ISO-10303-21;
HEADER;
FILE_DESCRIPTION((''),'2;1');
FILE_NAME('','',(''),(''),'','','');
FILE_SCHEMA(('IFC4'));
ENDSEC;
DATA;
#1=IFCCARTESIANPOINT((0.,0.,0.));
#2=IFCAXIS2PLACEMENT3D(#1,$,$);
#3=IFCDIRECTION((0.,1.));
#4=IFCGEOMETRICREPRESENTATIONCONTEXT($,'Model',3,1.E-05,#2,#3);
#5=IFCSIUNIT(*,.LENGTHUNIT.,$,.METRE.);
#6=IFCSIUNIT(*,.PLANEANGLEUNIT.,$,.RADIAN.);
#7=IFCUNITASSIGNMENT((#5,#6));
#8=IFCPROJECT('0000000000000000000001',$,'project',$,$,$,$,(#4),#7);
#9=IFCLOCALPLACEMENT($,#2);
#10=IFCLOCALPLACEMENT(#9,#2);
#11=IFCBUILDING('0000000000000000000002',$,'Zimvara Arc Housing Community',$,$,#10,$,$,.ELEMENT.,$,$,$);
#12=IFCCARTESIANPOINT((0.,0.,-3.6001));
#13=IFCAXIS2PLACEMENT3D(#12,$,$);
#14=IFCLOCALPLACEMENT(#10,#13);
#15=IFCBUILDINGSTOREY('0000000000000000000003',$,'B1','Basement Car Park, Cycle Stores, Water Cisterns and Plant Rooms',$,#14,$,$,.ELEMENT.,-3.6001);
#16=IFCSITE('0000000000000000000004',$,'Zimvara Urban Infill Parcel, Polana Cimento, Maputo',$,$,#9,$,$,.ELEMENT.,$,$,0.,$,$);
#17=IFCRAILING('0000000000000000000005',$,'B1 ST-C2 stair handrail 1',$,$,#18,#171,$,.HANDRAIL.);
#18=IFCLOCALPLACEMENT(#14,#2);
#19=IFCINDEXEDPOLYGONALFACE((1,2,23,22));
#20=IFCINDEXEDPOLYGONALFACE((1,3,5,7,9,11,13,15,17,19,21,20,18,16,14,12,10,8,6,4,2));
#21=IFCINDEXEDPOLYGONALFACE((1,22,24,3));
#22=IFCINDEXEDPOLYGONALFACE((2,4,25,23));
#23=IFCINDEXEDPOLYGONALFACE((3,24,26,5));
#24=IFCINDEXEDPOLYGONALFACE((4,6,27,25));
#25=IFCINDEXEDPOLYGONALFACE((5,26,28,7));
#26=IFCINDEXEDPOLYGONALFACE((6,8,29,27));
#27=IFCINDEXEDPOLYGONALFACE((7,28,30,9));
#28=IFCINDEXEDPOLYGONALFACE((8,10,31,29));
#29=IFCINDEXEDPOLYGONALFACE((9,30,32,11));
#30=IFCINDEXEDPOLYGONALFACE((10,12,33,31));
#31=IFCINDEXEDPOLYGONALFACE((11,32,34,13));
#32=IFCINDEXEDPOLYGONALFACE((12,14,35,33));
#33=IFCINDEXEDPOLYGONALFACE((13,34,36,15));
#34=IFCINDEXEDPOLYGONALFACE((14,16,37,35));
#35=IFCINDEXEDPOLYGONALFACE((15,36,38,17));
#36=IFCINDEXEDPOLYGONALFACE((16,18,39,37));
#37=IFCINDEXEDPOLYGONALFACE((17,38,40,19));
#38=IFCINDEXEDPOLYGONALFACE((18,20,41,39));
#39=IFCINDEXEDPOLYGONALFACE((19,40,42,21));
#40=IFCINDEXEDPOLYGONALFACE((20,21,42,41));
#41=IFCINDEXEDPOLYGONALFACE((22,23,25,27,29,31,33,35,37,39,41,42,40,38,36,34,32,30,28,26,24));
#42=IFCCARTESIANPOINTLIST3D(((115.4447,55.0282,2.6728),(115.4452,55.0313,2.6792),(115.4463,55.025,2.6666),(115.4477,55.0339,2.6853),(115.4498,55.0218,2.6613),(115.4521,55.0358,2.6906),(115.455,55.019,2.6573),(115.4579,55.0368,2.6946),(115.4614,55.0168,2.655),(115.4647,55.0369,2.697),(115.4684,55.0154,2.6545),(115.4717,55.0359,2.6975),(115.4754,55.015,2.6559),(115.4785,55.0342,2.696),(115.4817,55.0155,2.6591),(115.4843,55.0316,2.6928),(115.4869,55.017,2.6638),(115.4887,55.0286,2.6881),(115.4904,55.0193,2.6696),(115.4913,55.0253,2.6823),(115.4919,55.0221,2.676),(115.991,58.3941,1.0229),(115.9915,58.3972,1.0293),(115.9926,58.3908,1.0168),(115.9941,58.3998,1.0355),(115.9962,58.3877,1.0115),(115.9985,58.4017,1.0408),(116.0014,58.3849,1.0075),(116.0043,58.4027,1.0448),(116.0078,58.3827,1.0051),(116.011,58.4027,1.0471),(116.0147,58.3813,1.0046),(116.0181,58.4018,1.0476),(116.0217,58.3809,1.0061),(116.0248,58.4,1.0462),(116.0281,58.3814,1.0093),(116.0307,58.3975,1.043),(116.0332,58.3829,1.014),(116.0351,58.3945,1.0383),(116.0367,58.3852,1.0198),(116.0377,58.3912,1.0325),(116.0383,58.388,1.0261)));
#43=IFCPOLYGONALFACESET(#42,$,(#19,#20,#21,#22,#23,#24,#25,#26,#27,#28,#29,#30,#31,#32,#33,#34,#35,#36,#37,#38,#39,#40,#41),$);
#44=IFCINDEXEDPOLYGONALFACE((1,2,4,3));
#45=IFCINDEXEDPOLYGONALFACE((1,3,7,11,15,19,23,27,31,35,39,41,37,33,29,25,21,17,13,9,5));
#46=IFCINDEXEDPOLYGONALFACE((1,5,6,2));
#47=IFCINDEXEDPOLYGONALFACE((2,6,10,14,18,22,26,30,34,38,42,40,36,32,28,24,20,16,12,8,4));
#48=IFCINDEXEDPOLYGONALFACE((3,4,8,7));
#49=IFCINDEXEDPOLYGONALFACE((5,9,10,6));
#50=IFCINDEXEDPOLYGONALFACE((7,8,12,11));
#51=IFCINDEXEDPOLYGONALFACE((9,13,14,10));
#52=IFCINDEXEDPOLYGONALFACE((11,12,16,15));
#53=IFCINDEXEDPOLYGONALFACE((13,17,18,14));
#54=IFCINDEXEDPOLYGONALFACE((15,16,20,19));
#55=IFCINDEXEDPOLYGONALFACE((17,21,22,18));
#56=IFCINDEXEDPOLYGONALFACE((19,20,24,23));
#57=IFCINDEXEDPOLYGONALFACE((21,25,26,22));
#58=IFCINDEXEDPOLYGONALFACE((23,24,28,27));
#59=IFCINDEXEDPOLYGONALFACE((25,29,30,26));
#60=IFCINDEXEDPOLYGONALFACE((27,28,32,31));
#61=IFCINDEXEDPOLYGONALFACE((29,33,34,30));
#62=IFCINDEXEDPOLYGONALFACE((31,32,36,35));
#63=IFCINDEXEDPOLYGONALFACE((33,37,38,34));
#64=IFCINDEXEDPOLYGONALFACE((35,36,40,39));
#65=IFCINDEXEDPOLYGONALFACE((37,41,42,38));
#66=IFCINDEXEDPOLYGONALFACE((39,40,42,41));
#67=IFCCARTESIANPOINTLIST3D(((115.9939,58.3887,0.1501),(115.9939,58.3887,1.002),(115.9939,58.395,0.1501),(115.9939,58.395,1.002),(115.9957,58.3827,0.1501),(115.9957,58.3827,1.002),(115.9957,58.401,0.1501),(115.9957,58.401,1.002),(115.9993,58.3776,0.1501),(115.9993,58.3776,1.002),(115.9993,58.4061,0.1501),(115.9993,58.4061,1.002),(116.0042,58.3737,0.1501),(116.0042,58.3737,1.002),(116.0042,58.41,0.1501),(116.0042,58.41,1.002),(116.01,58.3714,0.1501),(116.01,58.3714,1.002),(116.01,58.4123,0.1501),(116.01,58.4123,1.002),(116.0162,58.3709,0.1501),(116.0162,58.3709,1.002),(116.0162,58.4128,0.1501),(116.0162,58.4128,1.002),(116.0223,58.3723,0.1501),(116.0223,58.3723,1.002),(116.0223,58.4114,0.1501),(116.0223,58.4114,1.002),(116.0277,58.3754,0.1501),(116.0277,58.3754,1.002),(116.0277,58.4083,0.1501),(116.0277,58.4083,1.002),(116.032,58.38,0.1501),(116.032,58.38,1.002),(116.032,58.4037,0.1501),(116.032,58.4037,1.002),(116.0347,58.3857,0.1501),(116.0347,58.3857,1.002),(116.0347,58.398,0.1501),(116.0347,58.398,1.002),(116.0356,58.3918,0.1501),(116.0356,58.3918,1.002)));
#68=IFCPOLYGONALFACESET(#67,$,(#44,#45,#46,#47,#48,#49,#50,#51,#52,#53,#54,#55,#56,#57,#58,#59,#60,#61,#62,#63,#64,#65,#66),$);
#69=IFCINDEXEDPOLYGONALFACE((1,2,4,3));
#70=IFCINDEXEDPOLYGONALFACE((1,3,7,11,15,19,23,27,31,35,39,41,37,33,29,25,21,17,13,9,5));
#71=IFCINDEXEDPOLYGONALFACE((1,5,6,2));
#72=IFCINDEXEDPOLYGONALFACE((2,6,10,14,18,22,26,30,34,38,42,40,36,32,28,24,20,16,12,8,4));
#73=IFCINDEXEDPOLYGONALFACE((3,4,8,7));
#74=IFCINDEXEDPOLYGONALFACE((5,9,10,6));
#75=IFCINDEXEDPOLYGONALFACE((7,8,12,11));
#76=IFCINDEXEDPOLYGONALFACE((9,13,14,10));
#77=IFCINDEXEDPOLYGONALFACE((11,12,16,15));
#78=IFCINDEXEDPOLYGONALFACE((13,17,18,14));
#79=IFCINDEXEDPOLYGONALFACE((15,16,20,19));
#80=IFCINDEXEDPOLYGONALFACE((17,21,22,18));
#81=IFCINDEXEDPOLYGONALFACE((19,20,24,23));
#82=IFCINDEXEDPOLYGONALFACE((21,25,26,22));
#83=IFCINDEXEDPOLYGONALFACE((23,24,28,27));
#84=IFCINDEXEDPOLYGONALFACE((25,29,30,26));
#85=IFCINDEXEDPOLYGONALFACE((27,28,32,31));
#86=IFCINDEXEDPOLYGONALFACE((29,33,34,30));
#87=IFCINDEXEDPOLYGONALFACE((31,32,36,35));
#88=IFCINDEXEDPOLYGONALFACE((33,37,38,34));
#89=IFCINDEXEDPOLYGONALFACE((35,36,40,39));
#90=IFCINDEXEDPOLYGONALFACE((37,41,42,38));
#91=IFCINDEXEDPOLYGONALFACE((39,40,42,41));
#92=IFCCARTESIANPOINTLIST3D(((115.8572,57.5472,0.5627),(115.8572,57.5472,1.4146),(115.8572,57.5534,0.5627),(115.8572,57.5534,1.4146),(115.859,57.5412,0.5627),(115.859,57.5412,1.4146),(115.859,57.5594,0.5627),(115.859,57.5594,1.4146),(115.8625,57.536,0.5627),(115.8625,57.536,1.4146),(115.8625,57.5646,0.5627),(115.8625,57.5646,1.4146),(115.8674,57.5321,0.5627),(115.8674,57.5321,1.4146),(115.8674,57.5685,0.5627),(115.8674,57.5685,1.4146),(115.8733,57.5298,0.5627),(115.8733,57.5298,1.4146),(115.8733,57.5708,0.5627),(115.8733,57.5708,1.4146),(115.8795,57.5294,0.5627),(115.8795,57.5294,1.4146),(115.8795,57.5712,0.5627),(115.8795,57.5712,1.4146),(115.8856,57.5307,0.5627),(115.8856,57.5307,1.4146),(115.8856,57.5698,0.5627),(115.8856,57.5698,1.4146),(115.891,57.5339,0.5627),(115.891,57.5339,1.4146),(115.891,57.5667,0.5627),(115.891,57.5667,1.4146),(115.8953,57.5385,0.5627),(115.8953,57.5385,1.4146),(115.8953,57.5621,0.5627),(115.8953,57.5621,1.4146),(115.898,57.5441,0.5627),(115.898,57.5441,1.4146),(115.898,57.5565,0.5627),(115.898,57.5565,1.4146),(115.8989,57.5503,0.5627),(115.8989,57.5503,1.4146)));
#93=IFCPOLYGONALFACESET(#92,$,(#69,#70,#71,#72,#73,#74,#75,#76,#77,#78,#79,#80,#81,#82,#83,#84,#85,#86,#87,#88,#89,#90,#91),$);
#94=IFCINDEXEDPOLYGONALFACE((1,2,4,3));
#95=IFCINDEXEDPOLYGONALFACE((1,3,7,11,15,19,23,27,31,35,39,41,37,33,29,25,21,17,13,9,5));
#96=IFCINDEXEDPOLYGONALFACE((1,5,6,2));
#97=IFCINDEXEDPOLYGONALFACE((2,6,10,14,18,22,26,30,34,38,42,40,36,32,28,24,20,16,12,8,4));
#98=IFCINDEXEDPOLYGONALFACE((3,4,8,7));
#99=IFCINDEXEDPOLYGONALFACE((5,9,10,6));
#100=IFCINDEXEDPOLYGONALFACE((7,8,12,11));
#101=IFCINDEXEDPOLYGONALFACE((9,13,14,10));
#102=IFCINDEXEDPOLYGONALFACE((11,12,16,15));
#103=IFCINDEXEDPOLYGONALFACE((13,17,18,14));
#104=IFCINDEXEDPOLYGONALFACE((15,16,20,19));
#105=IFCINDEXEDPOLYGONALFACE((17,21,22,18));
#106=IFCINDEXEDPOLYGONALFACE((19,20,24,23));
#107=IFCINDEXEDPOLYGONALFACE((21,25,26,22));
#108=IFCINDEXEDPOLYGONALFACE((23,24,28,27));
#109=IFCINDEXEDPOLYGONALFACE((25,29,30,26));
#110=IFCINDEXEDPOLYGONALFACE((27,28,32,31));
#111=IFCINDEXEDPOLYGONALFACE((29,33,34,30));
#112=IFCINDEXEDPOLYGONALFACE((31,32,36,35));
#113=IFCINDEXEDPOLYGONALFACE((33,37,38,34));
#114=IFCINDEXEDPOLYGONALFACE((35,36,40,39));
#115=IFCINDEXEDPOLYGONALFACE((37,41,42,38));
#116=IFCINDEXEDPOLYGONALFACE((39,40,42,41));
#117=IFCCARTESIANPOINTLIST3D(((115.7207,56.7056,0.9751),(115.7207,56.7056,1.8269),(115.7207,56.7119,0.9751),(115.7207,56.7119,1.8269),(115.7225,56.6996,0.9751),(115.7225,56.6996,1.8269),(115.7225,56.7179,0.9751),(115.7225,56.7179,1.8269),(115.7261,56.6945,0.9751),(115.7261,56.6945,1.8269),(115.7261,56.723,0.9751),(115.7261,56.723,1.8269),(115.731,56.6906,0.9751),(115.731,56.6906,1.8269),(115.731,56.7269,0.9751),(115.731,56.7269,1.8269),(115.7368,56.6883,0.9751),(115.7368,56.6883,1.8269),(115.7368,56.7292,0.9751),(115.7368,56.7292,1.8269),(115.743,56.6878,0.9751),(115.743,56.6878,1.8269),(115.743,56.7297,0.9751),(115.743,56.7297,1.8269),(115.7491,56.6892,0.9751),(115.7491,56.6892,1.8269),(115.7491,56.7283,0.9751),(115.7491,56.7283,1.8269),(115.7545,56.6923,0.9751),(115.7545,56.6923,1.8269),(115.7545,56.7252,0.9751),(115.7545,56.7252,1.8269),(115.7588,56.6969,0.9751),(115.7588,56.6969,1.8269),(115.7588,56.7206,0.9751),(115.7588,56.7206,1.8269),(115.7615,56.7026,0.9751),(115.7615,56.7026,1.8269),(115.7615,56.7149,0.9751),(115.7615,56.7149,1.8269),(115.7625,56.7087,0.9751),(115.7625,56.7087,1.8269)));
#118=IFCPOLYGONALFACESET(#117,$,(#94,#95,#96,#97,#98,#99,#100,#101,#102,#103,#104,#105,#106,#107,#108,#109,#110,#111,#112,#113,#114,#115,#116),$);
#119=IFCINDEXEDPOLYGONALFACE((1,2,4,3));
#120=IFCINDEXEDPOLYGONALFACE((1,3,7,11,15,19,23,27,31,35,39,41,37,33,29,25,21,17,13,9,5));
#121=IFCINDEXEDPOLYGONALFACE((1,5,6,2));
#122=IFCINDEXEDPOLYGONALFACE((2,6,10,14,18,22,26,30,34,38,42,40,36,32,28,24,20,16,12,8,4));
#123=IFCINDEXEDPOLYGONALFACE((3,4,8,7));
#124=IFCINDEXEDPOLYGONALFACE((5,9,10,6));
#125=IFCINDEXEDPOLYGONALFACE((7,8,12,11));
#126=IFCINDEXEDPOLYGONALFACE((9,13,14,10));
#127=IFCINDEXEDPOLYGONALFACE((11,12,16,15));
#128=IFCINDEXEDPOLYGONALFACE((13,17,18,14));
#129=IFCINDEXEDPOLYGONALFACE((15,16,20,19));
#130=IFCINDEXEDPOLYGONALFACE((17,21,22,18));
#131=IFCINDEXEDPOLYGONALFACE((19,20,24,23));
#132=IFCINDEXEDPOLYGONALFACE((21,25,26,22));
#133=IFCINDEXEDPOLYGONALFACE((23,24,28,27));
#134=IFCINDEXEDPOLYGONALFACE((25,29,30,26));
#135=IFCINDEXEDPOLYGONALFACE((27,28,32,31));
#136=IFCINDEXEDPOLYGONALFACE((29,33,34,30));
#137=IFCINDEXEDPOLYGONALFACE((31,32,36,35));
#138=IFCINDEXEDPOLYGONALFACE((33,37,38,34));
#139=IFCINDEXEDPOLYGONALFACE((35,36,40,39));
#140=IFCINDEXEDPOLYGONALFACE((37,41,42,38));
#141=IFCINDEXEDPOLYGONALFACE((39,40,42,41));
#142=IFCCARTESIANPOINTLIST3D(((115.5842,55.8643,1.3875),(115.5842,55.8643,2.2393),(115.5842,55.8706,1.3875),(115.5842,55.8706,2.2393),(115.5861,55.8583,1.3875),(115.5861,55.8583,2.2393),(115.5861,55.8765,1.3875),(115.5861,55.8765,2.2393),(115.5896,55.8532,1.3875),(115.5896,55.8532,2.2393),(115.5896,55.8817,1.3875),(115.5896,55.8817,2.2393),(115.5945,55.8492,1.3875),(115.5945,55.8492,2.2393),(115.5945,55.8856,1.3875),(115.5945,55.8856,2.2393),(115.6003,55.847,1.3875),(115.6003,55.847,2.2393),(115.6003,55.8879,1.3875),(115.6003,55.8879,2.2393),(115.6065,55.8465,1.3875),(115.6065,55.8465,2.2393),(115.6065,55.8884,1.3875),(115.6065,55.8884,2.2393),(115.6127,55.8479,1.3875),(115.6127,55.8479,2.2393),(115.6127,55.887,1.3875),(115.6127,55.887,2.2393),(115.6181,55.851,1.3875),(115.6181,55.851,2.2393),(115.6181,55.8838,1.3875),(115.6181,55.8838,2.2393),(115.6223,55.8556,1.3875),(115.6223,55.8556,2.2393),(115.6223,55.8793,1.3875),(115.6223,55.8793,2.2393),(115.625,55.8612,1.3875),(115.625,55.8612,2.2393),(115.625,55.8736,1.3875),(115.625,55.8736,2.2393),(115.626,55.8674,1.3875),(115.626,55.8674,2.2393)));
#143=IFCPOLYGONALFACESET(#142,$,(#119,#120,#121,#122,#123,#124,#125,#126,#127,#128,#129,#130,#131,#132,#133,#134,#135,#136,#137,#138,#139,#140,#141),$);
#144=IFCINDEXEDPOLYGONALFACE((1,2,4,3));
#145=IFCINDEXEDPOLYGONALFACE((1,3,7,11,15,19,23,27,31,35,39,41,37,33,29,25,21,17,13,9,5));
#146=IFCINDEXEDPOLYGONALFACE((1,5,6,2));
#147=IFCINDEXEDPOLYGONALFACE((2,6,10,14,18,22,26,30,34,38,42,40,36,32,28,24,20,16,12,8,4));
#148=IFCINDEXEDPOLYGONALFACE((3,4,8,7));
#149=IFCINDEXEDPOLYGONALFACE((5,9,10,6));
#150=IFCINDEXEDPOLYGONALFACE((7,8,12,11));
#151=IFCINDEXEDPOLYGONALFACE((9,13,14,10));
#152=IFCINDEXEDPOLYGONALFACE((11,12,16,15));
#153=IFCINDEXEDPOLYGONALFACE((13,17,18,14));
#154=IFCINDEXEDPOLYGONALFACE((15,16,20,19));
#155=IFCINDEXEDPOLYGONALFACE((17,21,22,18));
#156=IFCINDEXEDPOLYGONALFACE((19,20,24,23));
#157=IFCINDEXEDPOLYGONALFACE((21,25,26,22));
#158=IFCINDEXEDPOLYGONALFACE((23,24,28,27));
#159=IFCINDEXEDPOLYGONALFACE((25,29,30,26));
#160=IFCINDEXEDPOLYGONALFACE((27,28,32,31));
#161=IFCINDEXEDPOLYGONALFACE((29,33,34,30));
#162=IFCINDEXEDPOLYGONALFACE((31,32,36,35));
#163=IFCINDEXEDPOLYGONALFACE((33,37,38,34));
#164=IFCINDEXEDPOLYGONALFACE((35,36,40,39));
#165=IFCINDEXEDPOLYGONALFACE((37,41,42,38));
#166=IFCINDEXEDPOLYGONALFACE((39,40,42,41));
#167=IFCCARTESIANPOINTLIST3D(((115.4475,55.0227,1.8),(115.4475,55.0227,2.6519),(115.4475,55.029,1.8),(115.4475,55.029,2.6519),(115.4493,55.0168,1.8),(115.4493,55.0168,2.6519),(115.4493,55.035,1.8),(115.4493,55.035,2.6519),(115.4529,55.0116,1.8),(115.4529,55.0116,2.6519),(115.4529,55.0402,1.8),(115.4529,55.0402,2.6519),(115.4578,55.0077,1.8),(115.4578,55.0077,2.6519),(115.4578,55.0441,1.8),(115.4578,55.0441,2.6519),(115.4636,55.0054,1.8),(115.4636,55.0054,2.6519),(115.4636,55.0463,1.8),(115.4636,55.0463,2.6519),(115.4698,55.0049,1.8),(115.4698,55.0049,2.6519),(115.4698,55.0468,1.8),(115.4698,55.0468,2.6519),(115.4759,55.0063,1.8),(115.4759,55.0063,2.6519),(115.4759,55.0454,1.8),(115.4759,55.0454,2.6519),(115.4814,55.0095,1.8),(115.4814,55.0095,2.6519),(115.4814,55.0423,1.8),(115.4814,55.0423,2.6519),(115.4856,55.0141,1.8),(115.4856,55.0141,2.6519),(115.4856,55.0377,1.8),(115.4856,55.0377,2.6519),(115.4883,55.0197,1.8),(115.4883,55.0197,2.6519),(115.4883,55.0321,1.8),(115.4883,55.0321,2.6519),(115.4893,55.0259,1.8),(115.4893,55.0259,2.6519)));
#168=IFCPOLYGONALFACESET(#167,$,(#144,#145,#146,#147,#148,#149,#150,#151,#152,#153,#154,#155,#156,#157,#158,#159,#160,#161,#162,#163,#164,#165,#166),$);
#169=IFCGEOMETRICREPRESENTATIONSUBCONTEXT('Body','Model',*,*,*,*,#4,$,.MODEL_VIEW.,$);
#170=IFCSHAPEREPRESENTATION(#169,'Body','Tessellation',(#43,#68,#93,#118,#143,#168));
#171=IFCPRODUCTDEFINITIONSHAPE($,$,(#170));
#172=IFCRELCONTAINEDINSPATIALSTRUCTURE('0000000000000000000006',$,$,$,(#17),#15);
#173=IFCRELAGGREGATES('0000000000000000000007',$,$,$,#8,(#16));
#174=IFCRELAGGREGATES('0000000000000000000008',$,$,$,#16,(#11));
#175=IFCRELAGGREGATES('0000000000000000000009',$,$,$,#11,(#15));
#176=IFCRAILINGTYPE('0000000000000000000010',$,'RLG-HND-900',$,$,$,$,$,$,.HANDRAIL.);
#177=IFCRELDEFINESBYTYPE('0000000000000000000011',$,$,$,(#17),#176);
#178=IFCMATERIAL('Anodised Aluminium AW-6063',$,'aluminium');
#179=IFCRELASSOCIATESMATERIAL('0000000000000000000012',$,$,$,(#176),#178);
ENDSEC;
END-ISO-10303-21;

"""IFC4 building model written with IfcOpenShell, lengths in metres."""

from ifc_helpers import new_model, si_unit, direction, frame, origin, origin_2d, place, context, subcontext, project, spatial, circle, extrude, material, type_object, element, save


model = new_model("IFC4")

# Units and contexts
model_context = context("Model", 3, precision=1e-05, world=origin(), true_north=direction((0.0, 1.0)))
body_context = subcontext(model_context, "Body", "Model", "MODEL_VIEW")
ifc_project = project(units=[si_unit("LENGTHUNIT", "METRE"), si_unit("PLANEANGLEUNIT", "RADIAN")], contexts=[model_context])

# Site, building, storey
site_placement = place(None, origin())
site = spatial("IfcSite", under=ifc_project, at=site_placement, Name="Zimvara Urban Infill Parcel, Polana Cimento, Maputo", CompositionType="ELEMENT", RefElevation=0.0)
building_placement = place(site_placement, origin())
building = spatial("IfcBuilding", under=site, at=building_placement, Name="Zimvara Arc Housing Community", CompositionType="ELEMENT")
storey_placement = place(building_placement, frame((0.0, 0.0, -3.6001)))
storey = spatial("IfcBuildingStorey", under=building, at=storey_placement, Name="B1", Description="Basement Car Park, Cycle Stores, Water Cisterns and Plant Rooms", CompositionType="ELEMENT", Elevation=-3.6001)

# Railing
ifc_material_1 = material(Name="Anodised Aluminium AW-6063", Category="aluminium")
railing_type_1 = type_object("IfcRailingType", Name="RLG-HND-900", PredefinedType="HANDRAIL", material=ifc_material_1)
railing_1_placement = place(storey_placement, frame((116.0146, 58.3918, 0.1501)))
element("IfcRailing", 1, at=railing_1_placement, inside=storey, type_object=railing_type_1, Name="B1 ST-C2 stair handrail 1", PredefinedType="HANDRAIL", context=body_context, shape_type="SweptSolid", body=[
    extrude(circle(Radius=0.0239, at=origin_2d()), frame((0.0, 0.0, 0.876), z_axis=(-0.144234, -0.88854, 0.435537), x_axis=(0.98708, -0.16023, 0.0)), (0.0, 0.0, 1.0), 3.7881),
    extrude(circle(Radius=0.021, at=origin_2d()), origin(), (0.0, 0.0, 1.0), 0.8518),
    extrude(circle(Radius=0.021, at=origin_2d()), frame((-0.1367, -0.8416, 0.4126)), (0.0, 0.0, 1.0), 0.8518),
    extrude(circle(Radius=0.021, at=origin_2d()), frame((-0.2732, -1.6831, 0.825)), (0.0, 0.0, 1.0), 0.8518),
    extrude(circle(Radius=0.021, at=origin_2d()), frame((-0.4097, -2.5244, 1.2373)), (0.0, 0.0, 1.0), 0.8518),
    extrude(circle(Radius=0.021, at=origin_2d()), frame((-0.5464, -3.366, 1.6499)), (0.0, 0.0, 1.0), 0.8518),
])

save(model, "model.ifc")
